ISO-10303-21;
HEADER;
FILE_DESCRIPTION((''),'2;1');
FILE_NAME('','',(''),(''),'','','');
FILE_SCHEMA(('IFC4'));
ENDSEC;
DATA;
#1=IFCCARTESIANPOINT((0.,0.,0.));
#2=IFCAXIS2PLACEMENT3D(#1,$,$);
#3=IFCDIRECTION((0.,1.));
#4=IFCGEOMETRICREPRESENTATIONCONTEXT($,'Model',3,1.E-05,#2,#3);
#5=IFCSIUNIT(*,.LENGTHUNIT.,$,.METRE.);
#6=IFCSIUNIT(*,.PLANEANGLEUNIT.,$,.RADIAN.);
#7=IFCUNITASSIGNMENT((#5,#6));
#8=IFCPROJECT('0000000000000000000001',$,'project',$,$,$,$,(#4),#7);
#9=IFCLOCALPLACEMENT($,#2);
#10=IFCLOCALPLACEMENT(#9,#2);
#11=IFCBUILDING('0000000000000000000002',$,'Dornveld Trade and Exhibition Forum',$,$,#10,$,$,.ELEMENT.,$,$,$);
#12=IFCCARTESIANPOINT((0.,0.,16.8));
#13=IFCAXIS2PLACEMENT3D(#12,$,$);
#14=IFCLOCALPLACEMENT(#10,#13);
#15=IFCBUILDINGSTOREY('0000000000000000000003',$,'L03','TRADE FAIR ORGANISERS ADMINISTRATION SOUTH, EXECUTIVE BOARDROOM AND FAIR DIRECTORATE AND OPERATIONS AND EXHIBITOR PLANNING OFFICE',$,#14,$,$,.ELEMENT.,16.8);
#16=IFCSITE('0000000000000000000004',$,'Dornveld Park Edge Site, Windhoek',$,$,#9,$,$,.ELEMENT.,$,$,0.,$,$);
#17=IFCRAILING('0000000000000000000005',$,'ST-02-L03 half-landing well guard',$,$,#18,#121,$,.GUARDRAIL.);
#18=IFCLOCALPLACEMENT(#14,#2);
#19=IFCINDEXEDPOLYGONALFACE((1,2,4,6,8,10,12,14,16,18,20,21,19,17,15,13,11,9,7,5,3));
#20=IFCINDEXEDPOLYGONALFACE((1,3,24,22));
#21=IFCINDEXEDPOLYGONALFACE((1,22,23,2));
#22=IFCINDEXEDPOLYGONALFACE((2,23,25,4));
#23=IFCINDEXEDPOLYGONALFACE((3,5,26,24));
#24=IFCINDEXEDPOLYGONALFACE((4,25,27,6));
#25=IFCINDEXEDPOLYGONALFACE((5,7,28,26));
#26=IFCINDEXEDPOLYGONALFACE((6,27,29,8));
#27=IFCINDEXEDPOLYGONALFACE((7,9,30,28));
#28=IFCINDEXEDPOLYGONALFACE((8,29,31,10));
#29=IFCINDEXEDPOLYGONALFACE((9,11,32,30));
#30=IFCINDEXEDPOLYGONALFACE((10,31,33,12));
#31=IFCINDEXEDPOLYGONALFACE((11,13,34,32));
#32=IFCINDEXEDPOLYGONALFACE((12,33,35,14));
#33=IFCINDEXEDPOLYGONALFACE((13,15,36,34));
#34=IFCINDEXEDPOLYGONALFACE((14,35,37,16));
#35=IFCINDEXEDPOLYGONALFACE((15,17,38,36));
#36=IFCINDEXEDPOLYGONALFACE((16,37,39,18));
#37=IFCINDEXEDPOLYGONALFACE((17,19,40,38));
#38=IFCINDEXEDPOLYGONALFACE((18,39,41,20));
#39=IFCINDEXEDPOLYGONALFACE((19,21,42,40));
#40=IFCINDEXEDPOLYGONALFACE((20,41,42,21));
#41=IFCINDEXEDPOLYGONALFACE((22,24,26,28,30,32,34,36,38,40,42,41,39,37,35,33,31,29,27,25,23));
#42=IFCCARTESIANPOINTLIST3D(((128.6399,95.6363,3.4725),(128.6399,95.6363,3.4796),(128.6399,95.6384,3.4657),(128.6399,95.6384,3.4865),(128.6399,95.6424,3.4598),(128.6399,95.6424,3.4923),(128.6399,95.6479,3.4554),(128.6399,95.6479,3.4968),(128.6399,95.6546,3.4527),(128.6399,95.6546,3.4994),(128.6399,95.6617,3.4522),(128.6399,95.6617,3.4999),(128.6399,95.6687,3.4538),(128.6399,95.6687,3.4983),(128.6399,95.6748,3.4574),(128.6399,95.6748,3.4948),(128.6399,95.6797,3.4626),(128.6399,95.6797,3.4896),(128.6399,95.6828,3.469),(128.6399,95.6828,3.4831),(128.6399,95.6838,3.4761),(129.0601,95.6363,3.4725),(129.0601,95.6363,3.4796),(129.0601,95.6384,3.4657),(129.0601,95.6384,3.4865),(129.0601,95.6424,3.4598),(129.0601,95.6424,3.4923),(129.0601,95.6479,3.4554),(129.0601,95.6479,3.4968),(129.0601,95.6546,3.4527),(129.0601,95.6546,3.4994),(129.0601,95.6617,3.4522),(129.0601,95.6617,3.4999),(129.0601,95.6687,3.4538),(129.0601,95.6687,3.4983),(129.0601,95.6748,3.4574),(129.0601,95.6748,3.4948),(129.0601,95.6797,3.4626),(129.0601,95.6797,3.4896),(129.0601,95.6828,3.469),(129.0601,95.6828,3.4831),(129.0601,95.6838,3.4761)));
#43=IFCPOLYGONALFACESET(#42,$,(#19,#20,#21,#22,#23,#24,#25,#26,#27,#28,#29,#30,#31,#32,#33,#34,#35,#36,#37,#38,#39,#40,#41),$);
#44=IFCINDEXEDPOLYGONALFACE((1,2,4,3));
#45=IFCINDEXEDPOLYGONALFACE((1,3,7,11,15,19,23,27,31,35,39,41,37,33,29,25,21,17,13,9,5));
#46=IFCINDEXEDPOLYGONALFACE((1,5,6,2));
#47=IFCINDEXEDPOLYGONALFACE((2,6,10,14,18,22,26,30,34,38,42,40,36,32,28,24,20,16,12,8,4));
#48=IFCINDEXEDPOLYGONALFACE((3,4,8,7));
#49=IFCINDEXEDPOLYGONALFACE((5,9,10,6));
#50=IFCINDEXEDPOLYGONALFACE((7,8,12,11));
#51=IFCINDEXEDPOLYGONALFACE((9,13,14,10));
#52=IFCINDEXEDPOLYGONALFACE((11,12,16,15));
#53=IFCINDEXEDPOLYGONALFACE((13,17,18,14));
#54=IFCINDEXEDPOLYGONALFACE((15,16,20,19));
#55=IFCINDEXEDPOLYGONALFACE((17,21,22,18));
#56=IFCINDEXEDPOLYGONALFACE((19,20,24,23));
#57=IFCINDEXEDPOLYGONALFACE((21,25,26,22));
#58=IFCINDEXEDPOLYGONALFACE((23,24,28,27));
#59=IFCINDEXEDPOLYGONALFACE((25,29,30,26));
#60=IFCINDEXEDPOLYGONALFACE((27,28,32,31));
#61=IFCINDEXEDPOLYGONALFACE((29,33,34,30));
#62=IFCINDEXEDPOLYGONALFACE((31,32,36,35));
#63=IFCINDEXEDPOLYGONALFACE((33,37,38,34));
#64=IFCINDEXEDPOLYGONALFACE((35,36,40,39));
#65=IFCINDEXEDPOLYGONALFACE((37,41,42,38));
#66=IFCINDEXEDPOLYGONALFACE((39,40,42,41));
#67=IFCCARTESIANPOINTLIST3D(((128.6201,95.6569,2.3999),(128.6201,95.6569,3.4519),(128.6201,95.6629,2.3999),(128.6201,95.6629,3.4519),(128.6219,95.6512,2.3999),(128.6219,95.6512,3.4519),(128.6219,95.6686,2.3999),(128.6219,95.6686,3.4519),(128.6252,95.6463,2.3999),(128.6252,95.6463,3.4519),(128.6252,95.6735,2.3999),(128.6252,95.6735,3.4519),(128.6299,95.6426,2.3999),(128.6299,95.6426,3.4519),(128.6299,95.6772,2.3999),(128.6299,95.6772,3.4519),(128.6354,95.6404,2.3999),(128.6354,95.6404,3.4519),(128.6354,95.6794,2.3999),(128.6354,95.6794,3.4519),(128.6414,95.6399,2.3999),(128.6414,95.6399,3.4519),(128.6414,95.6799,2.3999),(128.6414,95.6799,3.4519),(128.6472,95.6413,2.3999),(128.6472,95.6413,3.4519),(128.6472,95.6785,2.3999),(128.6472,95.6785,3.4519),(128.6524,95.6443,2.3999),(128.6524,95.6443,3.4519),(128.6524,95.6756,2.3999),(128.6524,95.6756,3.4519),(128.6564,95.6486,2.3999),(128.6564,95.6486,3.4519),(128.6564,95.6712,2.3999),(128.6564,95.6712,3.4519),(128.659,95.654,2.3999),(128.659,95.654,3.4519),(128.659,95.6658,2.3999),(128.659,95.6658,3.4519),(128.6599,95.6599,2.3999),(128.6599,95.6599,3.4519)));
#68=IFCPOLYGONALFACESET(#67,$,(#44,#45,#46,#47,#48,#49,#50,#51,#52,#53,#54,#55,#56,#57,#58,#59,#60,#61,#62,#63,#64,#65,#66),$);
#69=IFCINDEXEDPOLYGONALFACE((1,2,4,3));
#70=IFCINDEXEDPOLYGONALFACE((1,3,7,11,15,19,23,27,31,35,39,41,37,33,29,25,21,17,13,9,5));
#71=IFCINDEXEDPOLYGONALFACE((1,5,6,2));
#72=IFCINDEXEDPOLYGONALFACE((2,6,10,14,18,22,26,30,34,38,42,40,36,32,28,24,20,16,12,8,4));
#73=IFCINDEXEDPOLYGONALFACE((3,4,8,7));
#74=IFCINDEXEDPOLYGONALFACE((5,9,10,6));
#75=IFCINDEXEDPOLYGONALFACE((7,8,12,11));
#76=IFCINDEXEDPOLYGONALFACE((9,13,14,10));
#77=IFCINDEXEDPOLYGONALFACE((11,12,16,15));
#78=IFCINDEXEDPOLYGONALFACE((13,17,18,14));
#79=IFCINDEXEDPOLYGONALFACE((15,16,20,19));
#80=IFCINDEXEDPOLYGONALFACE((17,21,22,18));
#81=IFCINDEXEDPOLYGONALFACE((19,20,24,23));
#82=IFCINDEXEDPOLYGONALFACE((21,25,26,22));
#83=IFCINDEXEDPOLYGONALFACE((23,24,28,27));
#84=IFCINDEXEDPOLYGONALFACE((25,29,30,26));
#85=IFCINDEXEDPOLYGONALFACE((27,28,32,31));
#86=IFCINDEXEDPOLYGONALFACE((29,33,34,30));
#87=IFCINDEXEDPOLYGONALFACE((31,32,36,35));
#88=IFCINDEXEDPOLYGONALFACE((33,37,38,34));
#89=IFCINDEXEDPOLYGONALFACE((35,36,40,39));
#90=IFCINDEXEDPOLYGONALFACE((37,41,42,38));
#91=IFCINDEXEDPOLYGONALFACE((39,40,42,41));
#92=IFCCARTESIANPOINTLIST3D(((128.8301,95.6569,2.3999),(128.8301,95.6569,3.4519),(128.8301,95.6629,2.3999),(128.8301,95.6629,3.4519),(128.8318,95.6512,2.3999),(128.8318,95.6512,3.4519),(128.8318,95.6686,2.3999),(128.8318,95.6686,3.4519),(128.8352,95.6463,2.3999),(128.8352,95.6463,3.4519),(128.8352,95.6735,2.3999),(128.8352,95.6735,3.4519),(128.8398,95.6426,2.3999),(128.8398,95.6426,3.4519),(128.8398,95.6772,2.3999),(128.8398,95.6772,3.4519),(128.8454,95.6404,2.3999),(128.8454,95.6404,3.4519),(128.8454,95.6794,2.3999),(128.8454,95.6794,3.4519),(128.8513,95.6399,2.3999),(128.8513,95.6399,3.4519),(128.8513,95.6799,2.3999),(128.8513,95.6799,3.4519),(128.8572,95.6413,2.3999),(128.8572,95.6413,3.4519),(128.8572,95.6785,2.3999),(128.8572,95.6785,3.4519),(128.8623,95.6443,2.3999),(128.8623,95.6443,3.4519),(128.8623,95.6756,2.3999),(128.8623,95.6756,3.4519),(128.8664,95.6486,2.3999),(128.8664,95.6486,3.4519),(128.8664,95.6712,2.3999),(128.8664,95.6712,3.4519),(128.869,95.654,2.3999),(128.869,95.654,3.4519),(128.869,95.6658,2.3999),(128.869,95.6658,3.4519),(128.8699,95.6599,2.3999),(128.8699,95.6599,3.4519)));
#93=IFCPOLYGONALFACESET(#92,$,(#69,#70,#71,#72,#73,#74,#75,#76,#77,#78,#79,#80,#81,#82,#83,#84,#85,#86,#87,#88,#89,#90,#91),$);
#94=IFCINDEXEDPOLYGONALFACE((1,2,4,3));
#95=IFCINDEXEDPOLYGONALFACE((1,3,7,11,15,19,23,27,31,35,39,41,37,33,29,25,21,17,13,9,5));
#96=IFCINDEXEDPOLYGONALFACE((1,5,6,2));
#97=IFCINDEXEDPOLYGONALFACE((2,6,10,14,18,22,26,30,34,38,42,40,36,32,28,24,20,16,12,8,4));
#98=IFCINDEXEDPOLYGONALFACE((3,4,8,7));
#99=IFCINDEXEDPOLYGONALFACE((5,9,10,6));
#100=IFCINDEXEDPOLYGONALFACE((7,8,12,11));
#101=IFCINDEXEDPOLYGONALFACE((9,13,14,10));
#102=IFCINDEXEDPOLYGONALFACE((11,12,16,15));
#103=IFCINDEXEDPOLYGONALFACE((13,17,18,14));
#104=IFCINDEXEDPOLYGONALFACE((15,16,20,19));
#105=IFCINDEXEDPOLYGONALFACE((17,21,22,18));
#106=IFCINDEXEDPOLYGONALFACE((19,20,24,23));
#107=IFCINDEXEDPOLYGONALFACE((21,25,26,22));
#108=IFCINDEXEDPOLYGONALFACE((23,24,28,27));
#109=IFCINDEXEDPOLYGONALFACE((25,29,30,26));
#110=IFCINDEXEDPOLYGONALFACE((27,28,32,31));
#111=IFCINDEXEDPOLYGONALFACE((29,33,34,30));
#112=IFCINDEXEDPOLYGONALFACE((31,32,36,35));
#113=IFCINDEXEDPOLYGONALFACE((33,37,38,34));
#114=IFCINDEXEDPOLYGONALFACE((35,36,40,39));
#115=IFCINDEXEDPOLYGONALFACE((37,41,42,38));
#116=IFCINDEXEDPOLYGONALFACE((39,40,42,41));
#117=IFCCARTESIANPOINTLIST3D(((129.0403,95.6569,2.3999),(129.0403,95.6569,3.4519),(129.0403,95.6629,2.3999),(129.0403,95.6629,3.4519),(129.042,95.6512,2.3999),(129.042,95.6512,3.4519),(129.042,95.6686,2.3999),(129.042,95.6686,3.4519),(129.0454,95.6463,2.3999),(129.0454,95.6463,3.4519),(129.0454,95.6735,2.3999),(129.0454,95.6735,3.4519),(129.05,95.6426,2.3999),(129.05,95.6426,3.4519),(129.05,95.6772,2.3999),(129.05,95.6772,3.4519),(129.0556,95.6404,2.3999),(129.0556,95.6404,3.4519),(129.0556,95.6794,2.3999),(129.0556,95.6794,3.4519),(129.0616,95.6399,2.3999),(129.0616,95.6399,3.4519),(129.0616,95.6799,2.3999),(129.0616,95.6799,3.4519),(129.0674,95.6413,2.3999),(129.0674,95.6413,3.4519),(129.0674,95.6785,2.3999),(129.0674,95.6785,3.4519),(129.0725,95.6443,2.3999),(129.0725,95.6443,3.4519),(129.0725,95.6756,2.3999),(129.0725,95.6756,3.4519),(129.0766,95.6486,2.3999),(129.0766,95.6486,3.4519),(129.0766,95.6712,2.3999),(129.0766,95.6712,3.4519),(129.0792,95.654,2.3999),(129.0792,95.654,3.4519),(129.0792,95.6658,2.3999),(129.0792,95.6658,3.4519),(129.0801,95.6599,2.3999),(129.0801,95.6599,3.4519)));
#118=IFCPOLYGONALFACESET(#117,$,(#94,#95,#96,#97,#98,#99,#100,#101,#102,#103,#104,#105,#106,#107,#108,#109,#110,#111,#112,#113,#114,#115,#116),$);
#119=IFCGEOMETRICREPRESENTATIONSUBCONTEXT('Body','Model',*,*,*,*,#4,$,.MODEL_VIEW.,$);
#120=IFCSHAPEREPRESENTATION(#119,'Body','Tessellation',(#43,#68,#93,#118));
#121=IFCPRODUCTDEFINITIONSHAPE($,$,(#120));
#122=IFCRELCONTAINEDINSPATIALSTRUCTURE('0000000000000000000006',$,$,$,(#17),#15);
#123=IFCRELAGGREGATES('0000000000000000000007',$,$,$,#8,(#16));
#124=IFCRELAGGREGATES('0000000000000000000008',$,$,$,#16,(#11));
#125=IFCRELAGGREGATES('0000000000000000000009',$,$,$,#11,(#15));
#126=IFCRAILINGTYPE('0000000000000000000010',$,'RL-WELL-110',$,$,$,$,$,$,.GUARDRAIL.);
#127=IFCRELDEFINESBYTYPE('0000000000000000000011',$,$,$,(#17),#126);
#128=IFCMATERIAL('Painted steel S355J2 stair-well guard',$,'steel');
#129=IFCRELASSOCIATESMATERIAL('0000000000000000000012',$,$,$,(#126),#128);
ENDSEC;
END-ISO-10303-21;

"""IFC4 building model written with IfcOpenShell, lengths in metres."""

from ifc_helpers import new_model, si_unit, direction, frame, origin, origin_2d, place, context, subcontext, project, spatial, circle, extrude, material, type_object, element, save


model = new_model("IFC4")

# Units and contexts
model_context = context("Model", 3, precision=1e-05, world=origin(), true_north=direction((0.0, 1.0)))
body_context = subcontext(model_context, "Body", "Model", "MODEL_VIEW")
ifc_project = project(units=[si_unit("LENGTHUNIT", "METRE"), si_unit("PLANEANGLEUNIT", "RADIAN")], contexts=[model_context])

# Site, building, storey
site_placement = place(None, origin())
site = spatial("IfcSite", under=ifc_project, at=site_placement, Name="Dornveld Park Edge Site, Windhoek", CompositionType="ELEMENT", RefElevation=0.0)
building_placement = place(site_placement, origin())
building = spatial("IfcBuilding", under=site, at=building_placement, Name="Dornveld Trade and Exhibition Forum", CompositionType="ELEMENT")
storey_placement = place(building_placement, frame((0.0, 0.0, 16.8)))
storey = spatial("IfcBuildingStorey", under=building, at=storey_placement, Name="L03", Description="TRADE FAIR ORGANISERS ADMINISTRATION SOUTH, EXECUTIVE BOARDROOM AND FAIR DIRECTORATE AND OPERATIONS AND EXHIBITOR PLANNING OFFICE", CompositionType="ELEMENT", Elevation=16.8)

# Railing
ifc_material_1 = material(Name="Painted steel S355J2 stair-well guard", Category="steel")
railing_type_1 = type_object("IfcRailingType", Name="RL-WELL-110", PredefinedType="GUARDRAIL", material=ifc_material_1)
railing_1_placement = place(storey_placement, frame((128.6399, 95.6599, 2.3999)))
element("IfcRailing", 1, at=railing_1_placement, inside=storey, type_object=railing_type_1, Name="ST-02-L03 half-landing well guard", PredefinedType="GUARDRAIL", context=body_context, shape_type="SweptSolid", body=[
    extrude(circle(Radius=0.0239, at=origin_2d()), frame((0.0, 0.0, 1.0762), z_axis=(1.0, 0.0, 0.0), x_axis=(0.0, 1.0, 0.0)), (0.0, 0.0, 1.0), 0.4202),
    extrude(circle(Radius=0.02, at=origin_2d()), origin(), (0.0, 0.0, 1.0), 1.052),
    extrude(circle(Radius=0.02, at=origin_2d()), frame((0.21, 0.0, 0.0)), (0.0, 0.0, 1.0), 1.052),
    extrude(circle(Radius=0.02, at=origin_2d()), frame((0.4202, 0.0, 0.0)), (0.0, 0.0, 1.0), 1.052),
])

save(model, "model.ifc")
